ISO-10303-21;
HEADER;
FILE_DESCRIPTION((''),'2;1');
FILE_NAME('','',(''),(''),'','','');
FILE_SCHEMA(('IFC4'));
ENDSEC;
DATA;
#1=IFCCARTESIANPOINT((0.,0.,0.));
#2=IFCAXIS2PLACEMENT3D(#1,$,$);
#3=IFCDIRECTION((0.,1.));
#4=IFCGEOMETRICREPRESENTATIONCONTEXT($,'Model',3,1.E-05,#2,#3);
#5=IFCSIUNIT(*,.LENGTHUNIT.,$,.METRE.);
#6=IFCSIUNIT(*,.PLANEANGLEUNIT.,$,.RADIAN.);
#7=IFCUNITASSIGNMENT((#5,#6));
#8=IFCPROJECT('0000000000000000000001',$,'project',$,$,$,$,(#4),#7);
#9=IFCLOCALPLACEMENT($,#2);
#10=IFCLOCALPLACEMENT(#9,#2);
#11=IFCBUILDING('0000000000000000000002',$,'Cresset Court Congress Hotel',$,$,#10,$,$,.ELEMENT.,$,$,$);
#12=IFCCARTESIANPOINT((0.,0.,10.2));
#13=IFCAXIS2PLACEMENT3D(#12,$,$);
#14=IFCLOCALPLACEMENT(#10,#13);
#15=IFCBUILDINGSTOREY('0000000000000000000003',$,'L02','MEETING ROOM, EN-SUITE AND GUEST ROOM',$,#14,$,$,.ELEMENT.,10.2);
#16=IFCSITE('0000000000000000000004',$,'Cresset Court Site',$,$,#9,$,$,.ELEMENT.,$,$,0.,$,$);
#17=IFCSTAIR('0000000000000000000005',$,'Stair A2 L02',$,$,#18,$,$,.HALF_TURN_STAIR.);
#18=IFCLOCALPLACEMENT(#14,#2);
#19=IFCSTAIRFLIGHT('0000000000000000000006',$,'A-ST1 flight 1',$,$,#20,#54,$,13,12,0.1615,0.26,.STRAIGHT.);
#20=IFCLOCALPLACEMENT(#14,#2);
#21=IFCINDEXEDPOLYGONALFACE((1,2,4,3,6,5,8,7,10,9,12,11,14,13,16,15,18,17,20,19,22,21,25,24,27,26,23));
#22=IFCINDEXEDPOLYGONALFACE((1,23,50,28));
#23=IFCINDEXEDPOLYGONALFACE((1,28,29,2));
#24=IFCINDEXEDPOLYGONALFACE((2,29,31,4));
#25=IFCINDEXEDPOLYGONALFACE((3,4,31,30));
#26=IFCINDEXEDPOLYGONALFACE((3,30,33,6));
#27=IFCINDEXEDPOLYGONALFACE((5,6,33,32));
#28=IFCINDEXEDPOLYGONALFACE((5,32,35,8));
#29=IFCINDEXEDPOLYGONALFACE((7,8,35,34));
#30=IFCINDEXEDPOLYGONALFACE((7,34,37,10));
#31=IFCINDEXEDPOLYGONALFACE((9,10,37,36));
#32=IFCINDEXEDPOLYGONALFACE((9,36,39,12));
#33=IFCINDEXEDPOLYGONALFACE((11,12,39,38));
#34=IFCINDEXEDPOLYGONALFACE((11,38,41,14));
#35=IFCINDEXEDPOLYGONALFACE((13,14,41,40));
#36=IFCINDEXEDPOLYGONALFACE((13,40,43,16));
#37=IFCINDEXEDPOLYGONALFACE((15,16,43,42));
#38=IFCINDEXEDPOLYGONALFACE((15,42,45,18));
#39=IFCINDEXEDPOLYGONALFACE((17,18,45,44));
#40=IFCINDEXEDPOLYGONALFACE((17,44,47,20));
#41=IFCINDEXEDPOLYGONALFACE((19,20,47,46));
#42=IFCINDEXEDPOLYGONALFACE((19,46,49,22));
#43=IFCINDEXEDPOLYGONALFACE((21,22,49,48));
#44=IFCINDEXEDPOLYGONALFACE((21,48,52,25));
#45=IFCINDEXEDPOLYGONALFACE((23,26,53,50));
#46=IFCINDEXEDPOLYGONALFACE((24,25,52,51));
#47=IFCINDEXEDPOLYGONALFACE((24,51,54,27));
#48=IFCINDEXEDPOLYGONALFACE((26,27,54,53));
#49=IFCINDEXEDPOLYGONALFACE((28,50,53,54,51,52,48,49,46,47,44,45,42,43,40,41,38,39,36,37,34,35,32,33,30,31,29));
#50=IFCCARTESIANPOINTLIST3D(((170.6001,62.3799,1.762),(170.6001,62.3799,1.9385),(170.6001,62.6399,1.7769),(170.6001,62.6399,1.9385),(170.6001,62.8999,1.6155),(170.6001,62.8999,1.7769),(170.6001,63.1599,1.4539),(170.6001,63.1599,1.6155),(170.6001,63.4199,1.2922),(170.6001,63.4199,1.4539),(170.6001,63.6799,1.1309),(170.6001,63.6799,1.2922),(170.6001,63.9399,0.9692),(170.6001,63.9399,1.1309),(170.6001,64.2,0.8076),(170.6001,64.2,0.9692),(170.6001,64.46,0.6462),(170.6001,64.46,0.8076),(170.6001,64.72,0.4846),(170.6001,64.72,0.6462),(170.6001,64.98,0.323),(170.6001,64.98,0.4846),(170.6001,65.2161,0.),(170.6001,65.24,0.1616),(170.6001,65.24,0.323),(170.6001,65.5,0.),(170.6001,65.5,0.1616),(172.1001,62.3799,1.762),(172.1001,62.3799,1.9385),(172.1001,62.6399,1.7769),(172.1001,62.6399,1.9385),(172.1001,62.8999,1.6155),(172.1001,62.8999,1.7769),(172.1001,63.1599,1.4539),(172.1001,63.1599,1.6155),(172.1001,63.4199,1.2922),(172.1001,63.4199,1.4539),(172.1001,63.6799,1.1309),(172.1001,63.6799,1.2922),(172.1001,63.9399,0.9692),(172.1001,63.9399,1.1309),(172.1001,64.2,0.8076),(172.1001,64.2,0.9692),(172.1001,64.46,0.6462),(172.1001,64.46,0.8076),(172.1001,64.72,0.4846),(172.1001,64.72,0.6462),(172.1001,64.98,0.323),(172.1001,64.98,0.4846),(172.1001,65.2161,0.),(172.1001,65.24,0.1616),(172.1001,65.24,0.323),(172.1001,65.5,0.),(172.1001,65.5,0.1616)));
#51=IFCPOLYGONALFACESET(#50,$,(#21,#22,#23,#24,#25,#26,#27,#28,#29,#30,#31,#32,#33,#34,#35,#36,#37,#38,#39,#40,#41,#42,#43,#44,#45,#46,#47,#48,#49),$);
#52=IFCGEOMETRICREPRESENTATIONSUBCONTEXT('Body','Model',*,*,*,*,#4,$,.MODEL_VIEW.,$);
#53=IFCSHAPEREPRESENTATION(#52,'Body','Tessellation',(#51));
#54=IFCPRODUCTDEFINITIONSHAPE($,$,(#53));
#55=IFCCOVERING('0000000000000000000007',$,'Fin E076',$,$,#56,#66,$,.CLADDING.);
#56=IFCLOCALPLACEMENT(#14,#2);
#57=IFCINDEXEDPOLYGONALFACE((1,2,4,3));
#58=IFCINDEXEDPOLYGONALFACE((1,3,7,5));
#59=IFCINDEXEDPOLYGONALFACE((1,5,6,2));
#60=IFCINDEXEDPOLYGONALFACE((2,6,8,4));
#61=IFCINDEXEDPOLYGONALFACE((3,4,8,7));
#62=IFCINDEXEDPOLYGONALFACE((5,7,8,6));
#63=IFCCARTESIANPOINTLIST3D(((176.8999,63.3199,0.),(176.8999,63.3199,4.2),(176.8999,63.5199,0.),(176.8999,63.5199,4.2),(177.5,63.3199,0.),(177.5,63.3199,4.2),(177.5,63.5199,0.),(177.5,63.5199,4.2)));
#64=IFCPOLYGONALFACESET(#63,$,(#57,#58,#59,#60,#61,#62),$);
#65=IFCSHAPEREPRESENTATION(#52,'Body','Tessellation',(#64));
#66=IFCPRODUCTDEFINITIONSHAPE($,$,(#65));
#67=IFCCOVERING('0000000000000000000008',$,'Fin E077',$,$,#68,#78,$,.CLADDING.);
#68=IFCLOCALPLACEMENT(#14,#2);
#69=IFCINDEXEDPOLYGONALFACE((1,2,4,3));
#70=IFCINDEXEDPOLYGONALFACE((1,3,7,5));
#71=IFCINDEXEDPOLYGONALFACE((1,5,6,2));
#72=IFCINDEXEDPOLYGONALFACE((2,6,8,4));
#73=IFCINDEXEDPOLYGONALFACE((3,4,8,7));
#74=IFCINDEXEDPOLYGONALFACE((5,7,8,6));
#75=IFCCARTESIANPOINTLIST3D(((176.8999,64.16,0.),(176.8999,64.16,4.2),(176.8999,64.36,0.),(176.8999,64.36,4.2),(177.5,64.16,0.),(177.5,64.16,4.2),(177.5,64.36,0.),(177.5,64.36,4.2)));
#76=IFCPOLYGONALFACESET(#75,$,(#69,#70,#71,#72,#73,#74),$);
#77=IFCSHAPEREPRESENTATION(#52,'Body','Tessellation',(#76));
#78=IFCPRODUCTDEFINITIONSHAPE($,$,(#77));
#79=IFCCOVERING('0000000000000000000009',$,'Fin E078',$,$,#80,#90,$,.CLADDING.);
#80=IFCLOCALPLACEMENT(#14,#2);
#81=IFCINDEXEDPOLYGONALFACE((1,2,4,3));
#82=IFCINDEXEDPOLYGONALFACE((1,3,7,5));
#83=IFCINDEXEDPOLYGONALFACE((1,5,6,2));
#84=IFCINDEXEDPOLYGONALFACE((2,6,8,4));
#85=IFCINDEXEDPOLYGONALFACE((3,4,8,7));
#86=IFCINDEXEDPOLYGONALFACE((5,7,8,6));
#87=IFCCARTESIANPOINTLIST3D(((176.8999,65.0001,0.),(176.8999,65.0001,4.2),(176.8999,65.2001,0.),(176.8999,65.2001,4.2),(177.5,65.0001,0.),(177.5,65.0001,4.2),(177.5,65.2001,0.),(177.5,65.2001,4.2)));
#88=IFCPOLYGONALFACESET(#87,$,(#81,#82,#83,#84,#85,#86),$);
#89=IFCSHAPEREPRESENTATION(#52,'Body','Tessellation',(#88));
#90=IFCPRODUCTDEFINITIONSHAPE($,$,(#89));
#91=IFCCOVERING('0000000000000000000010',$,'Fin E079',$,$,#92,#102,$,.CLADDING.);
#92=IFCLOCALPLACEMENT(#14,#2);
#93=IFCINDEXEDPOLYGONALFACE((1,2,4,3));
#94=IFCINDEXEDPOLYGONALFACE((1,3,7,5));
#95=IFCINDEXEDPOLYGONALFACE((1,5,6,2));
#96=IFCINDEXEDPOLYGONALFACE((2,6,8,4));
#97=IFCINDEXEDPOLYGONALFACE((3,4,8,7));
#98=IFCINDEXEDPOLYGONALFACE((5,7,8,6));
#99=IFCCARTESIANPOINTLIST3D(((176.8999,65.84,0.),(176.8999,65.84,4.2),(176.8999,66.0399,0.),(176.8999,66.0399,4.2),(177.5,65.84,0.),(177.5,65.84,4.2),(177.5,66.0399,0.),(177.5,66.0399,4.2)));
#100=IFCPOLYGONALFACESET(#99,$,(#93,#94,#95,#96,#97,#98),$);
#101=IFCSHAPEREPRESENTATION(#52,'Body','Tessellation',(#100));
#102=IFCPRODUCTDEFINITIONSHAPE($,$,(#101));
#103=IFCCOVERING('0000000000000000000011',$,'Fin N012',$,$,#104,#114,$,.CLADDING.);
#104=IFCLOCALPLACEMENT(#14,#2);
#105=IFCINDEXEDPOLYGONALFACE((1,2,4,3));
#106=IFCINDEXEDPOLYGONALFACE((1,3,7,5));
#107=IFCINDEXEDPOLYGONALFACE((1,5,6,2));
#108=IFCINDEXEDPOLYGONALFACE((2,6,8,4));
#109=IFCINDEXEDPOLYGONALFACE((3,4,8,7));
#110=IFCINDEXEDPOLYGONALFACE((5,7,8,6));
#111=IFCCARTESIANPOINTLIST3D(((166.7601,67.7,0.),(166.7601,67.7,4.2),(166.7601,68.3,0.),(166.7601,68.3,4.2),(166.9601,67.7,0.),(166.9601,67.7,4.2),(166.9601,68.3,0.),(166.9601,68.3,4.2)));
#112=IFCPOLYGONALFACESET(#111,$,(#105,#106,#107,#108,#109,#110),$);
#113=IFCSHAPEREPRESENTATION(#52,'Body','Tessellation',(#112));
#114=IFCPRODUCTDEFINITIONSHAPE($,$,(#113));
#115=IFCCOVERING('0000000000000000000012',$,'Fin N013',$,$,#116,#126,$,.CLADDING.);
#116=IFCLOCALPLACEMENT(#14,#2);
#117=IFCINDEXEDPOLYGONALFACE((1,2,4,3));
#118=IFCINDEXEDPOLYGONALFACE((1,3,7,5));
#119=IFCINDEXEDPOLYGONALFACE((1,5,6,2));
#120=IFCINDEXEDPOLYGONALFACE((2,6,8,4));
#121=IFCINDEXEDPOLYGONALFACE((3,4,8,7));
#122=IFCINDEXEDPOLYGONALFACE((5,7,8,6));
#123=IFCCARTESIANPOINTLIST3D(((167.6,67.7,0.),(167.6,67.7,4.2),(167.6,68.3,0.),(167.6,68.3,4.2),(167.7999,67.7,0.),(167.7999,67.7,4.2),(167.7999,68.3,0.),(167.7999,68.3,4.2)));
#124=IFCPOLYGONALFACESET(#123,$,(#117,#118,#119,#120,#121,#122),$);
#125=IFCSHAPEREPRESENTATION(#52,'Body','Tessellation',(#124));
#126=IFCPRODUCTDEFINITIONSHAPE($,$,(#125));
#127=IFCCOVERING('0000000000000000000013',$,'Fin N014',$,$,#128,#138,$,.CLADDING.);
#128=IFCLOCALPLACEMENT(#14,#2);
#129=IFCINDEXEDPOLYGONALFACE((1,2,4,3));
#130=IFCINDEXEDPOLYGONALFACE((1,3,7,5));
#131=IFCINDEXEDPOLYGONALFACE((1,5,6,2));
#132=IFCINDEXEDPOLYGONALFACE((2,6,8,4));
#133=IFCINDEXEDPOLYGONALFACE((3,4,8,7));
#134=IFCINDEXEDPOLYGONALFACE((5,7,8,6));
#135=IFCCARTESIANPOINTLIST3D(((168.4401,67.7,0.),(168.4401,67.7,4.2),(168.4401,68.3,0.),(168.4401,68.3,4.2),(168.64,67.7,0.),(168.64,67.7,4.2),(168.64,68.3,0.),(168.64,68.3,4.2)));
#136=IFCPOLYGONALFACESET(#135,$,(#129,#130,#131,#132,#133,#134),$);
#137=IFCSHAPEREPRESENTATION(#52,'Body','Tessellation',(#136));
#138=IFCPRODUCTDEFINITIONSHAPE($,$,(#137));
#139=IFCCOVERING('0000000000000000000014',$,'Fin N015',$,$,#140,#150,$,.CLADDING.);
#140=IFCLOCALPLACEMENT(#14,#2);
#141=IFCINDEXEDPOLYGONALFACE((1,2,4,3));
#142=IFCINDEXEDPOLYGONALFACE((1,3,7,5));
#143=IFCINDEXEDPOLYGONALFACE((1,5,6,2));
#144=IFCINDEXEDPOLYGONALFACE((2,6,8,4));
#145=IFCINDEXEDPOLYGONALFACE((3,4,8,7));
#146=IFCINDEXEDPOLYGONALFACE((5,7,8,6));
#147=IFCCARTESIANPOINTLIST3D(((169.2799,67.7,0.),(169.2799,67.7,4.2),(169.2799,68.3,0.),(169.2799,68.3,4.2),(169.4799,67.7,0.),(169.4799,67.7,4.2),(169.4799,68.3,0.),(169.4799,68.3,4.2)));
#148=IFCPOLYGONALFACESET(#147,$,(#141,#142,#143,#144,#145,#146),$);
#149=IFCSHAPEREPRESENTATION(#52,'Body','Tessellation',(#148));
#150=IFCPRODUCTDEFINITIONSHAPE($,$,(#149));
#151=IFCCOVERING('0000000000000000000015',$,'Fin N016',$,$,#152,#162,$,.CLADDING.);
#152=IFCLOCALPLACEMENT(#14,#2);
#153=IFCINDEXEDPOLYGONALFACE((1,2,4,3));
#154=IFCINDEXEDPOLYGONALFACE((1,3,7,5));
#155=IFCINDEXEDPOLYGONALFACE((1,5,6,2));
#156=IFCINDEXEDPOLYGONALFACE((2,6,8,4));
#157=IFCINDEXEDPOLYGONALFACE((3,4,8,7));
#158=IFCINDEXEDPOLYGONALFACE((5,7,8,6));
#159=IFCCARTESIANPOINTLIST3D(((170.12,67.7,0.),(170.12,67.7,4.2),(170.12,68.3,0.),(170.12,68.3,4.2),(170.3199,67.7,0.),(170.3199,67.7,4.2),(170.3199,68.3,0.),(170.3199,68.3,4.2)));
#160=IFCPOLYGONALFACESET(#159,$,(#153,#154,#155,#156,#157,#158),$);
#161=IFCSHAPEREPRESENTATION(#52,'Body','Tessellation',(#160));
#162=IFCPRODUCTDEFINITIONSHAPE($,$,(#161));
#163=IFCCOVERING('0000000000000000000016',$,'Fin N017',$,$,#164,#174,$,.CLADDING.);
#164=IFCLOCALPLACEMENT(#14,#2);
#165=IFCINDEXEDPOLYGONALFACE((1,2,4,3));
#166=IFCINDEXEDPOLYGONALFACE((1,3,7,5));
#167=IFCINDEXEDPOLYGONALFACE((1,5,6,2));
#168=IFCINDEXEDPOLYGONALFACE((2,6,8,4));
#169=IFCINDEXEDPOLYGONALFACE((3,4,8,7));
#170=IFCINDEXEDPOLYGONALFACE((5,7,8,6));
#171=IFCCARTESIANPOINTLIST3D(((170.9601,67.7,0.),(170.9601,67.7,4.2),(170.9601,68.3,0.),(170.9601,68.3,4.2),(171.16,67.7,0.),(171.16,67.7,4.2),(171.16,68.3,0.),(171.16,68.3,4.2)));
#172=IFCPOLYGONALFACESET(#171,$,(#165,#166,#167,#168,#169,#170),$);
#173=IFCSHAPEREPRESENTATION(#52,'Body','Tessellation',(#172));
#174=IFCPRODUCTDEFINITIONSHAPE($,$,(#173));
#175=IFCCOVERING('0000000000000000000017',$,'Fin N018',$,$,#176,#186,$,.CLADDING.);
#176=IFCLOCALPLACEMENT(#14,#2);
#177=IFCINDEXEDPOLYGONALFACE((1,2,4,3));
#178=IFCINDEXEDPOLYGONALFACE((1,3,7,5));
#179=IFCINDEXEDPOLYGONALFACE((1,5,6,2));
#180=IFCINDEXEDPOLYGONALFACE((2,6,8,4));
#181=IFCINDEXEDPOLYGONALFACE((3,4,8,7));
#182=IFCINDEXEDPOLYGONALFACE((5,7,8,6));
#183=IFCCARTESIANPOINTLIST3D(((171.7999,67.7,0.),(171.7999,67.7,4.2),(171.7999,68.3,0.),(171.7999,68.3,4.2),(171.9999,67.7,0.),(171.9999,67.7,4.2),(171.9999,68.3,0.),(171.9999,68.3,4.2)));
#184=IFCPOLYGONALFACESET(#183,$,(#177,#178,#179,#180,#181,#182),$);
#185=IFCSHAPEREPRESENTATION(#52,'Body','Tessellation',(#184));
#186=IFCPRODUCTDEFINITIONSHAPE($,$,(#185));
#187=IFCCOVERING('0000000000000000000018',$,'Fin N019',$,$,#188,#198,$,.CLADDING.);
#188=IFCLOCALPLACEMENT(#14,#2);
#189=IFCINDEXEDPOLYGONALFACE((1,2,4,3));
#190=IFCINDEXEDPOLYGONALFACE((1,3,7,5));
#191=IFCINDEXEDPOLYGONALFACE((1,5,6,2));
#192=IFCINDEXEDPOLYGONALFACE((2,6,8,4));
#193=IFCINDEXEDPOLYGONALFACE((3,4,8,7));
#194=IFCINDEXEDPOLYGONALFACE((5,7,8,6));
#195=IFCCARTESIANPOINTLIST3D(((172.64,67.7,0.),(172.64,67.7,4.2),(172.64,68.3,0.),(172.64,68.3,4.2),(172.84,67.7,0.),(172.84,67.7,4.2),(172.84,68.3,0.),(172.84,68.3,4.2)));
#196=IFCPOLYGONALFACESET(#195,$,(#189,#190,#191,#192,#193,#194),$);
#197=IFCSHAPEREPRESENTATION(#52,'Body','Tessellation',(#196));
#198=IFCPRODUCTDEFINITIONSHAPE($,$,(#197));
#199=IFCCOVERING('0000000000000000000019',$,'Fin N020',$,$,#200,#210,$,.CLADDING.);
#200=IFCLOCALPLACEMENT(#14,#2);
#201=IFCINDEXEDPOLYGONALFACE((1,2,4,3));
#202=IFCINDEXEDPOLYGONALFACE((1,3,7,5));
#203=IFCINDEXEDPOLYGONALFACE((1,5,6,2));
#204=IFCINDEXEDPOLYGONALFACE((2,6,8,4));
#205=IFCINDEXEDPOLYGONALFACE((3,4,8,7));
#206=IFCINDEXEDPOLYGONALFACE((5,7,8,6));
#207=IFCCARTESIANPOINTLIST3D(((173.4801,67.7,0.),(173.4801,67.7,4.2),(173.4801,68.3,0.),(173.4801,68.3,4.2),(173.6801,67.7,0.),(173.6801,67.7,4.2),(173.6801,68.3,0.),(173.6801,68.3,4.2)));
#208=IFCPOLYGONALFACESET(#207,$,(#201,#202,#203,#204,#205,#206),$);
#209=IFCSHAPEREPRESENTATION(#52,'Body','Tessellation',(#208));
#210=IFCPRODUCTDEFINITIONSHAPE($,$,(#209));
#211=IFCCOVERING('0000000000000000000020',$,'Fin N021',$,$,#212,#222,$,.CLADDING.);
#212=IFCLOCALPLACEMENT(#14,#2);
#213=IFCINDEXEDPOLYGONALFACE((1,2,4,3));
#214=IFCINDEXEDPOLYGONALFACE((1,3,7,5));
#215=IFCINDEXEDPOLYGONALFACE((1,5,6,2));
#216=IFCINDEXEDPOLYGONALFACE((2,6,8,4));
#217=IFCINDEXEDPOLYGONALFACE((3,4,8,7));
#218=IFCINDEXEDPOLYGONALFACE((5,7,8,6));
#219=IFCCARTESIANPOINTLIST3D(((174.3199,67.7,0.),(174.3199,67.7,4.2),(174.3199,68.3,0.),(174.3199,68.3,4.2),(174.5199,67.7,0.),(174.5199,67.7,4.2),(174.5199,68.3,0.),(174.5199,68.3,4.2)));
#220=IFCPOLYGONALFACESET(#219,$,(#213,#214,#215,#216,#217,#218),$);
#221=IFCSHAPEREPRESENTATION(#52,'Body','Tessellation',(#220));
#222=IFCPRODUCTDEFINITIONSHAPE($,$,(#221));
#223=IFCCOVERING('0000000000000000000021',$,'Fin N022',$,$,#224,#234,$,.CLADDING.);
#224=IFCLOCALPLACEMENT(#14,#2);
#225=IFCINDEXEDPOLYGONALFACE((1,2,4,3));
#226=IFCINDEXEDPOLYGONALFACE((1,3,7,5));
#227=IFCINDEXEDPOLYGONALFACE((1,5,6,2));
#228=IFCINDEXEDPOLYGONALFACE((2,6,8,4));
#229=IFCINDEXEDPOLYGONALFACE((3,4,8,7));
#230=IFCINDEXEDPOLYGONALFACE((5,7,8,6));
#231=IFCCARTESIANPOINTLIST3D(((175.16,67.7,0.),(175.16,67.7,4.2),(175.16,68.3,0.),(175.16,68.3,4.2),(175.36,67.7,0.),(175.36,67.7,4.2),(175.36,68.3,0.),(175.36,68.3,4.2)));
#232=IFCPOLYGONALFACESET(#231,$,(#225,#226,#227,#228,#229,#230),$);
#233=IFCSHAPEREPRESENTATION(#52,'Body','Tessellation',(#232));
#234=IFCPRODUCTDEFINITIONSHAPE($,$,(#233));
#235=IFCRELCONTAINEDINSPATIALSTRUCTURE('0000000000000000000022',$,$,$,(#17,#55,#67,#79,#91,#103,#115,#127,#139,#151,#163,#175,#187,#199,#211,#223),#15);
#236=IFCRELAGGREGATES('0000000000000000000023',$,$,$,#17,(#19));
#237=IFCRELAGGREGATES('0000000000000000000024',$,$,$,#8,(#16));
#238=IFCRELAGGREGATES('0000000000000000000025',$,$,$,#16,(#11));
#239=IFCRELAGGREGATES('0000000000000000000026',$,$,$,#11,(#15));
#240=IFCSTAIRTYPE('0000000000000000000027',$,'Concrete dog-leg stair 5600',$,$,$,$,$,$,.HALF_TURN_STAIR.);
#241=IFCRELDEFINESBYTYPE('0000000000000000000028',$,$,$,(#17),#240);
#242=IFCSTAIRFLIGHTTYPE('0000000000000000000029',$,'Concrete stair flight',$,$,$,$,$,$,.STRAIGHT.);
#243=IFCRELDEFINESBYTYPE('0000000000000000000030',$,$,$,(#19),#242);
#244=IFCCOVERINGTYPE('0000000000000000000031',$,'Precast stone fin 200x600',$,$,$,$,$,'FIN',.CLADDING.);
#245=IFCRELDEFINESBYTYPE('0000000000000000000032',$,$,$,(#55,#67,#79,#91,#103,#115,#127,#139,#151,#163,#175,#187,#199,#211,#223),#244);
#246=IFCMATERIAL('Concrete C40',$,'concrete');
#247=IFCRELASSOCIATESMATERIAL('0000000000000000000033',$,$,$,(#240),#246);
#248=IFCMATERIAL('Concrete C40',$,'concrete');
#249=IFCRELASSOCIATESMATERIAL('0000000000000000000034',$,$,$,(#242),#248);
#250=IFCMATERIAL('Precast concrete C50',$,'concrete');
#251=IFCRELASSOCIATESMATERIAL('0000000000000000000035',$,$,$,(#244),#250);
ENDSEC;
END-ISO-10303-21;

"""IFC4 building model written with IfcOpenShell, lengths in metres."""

from ifc_helpers import new_model, si_unit, direction, frame, origin, origin_2d, place, context, subcontext, project, spatial, polyline, rectangle, outline, extrude, material, type_object, element, aggregate, save


model = new_model("IFC4")

# Units and contexts
model_context = context("Model", 3, precision=1e-05, world=origin(), true_north=direction((0.0, 1.0)))
body_context = subcontext(model_context, "Body", "Model", "MODEL_VIEW")
ifc_project = project(units=[si_unit("LENGTHUNIT", "METRE"), si_unit("PLANEANGLEUNIT", "RADIAN")], contexts=[model_context])

# Site, building, storey
site_placement = place(None, origin())
site = spatial("IfcSite", under=ifc_project, at=site_placement, Name="Cresset Court Site", CompositionType="ELEMENT", RefElevation=0.0)
building_placement = place(site_placement, origin())
building = spatial("IfcBuilding", under=site, at=building_placement, Name="Cresset Court Congress Hotel", CompositionType="ELEMENT")
storey_placement = place(building_placement, frame((0.0, 0.0, 10.2)))
storey = spatial("IfcBuildingStorey", under=building, at=storey_placement, Name="L02", Description="MEETING ROOM, EN-SUITE AND GUEST ROOM", CompositionType="ELEMENT", Elevation=10.2)

# Stair, stair flight
ifc_material_1 = material(Name="Concrete C40", Category="concrete")
stair_type = type_object("IfcStairType", Name="Concrete dog-leg stair 5600", PredefinedType="HALF_TURN_STAIR", material=ifc_material_1)
stair_placement = place(storey_placement, origin())
stair = element("IfcStair", 1, at=stair_placement, inside=storey, type_object=stair_type, Name="Stair A2 L02", PredefinedType="HALF_TURN_STAIR")
ifc_material_2 = material(Name="Concrete C40", Category="concrete")
stair_flight_type = type_object("IfcStairFlightType", Name="Concrete stair flight", PredefinedType="STRAIGHT", material=ifc_material_2)
stair_flight_placement = place(storey_placement, frame((171.3501, 65.5, 0.0), z_axis=(0.0, 0.0, 1.0), x_axis=(0.0, -1.0, 0.0)))
stair_flight = element("IfcStairFlight", 2, at=stair_flight_placement, type_object=stair_flight_type, Name="A-ST1 flight 1", NumberOfRisers=13, NumberOfTreads=12, PredefinedType="STRAIGHT", RiserHeight=0.1615, TreadLength=0.26, context=body_context, shape_type="SweptSolid", body=[
    extrude(outline(polyline([(0.0, 0.0), (0.0, 0.1616), (0.26, 0.1616), (0.26, 0.323), (0.52, 0.323), (0.52, 0.4846), (0.78, 0.4846), (0.78, 0.6462), (1.04, 0.6462), (1.04, 0.8076), (1.3, 0.8076), (1.3, 0.9692), (1.5601, 0.9692), (1.5601, 1.1309), (1.8201, 1.1309), (1.8201, 1.2922), (2.0801, 1.2922), (2.0801, 1.4539), (2.3401, 1.4539), (2.3401, 1.6155), (2.6001, 1.6155), (2.6001, 1.7769), (2.8601, 1.7769), (2.8601, 1.9385), (3.1201, 1.9385), (3.1201, 2.1001), (3.1201, 1.762), (0.2839, 0.0), (0.0, 0.0)])), frame((0.0, 0.75, 0.0), z_axis=(0.0, -1.0, 0.0), x_axis=(1.0, 0.0, 0.0)), (0.0, 0.0, 1.0), 1.5),
])
aggregate(stair, [stair_flight])

# Coverings
ifc_material_3 = material(Name="Precast concrete C50", Category="concrete")
covering_type_1 = type_object("IfcCoveringType", Name="Precast stone fin 200x600", ElementType="FIN", PredefinedType="CLADDING", material=ifc_material_3)
for number, where, z_axis, x_axis, name in (
    (3, (177.2, 63.4199, 0.0), (0.0, 0.0, 1.0), (1.0, 0.0, 0.0), "Fin E076"),
    (4, (177.2, 64.26, 0.0), (0.0, 0.0, 1.0), (1.0, 0.0, 0.0), "Fin E077"),
    (5, (177.2, 65.1001, 0.0), (0.0, 0.0, 1.0), (1.0, 0.0, 0.0), "Fin E078"),
    (6, (177.2, 65.9399, 0.0), (0.0, 0.0, 1.0), (1.0, 0.0, 0.0), "Fin E079"),
):
    element("IfcCovering", number, at=place(storey_placement, frame(where, z_axis=z_axis, x_axis=x_axis)), inside=storey, type_object=covering_type_1, Name=name, PredefinedType="CLADDING", context=body_context, shape_type="SweptSolid", body=[
        extrude(rectangle(XDim=0.6001, YDim=0.2, at=origin_2d()), origin(), (0.0, 0.0, 1.0), 4.2),
    ])
for number, where, z_axis, x_axis, name in (
    (7, (166.8601, 68.0, 0.0), (0.0, 0.0, 1.0), (1.0, 0.0, 0.0), "Fin N012"),
    (8, (167.7, 68.0, 0.0), (0.0, 0.0, 1.0), (1.0, 0.0, 0.0), "Fin N013"),
    (9, (168.54, 68.0, 0.0), (0.0, 0.0, 1.0), (1.0, 0.0, 0.0), "Fin N014"),
    (10, (169.3799, 68.0, 0.0), (0.0, 0.0, 1.0), (1.0, 0.0, 0.0), "Fin N015"),
    (11, (170.22, 68.0, 0.0), (0.0, 0.0, 1.0), (1.0, 0.0, 0.0), "Fin N016"),
    (12, (171.0601, 68.0, 0.0), (0.0, 0.0, 1.0), (1.0, 0.0, 0.0), "Fin N017"),
    (13, (171.8999, 68.0, 0.0), (0.0, 0.0, 1.0), (1.0, 0.0, 0.0), "Fin N018"),
    (14, (172.74, 68.0, 0.0), (0.0, 0.0, 1.0), (1.0, 0.0, 0.0), "Fin N019"),
    (15, (173.5801, 68.0, 0.0), (0.0, 0.0, 1.0), (1.0, 0.0, 0.0), "Fin N020"),
    (16, (174.4199, 68.0, 0.0), (0.0, 0.0, 1.0), (1.0, 0.0, 0.0), "Fin N021"),
    (17, (175.26, 68.0, 0.0), (0.0, 0.0, 1.0), (1.0, 0.0, 0.0), "Fin N022"),
):
    element("IfcCovering", number, at=place(storey_placement, frame(where, z_axis=z_axis, x_axis=x_axis)), inside=storey, type_object=covering_type_1, Name=name, PredefinedType="CLADDING", context=body_context, shape_type="SweptSolid", body=[
        extrude(rectangle(XDim=0.2, YDim=0.6001, at=origin_2d()), origin(), (0.0, 0.0, 1.0), 4.2),
    ])

save(model, "model.ifc")
